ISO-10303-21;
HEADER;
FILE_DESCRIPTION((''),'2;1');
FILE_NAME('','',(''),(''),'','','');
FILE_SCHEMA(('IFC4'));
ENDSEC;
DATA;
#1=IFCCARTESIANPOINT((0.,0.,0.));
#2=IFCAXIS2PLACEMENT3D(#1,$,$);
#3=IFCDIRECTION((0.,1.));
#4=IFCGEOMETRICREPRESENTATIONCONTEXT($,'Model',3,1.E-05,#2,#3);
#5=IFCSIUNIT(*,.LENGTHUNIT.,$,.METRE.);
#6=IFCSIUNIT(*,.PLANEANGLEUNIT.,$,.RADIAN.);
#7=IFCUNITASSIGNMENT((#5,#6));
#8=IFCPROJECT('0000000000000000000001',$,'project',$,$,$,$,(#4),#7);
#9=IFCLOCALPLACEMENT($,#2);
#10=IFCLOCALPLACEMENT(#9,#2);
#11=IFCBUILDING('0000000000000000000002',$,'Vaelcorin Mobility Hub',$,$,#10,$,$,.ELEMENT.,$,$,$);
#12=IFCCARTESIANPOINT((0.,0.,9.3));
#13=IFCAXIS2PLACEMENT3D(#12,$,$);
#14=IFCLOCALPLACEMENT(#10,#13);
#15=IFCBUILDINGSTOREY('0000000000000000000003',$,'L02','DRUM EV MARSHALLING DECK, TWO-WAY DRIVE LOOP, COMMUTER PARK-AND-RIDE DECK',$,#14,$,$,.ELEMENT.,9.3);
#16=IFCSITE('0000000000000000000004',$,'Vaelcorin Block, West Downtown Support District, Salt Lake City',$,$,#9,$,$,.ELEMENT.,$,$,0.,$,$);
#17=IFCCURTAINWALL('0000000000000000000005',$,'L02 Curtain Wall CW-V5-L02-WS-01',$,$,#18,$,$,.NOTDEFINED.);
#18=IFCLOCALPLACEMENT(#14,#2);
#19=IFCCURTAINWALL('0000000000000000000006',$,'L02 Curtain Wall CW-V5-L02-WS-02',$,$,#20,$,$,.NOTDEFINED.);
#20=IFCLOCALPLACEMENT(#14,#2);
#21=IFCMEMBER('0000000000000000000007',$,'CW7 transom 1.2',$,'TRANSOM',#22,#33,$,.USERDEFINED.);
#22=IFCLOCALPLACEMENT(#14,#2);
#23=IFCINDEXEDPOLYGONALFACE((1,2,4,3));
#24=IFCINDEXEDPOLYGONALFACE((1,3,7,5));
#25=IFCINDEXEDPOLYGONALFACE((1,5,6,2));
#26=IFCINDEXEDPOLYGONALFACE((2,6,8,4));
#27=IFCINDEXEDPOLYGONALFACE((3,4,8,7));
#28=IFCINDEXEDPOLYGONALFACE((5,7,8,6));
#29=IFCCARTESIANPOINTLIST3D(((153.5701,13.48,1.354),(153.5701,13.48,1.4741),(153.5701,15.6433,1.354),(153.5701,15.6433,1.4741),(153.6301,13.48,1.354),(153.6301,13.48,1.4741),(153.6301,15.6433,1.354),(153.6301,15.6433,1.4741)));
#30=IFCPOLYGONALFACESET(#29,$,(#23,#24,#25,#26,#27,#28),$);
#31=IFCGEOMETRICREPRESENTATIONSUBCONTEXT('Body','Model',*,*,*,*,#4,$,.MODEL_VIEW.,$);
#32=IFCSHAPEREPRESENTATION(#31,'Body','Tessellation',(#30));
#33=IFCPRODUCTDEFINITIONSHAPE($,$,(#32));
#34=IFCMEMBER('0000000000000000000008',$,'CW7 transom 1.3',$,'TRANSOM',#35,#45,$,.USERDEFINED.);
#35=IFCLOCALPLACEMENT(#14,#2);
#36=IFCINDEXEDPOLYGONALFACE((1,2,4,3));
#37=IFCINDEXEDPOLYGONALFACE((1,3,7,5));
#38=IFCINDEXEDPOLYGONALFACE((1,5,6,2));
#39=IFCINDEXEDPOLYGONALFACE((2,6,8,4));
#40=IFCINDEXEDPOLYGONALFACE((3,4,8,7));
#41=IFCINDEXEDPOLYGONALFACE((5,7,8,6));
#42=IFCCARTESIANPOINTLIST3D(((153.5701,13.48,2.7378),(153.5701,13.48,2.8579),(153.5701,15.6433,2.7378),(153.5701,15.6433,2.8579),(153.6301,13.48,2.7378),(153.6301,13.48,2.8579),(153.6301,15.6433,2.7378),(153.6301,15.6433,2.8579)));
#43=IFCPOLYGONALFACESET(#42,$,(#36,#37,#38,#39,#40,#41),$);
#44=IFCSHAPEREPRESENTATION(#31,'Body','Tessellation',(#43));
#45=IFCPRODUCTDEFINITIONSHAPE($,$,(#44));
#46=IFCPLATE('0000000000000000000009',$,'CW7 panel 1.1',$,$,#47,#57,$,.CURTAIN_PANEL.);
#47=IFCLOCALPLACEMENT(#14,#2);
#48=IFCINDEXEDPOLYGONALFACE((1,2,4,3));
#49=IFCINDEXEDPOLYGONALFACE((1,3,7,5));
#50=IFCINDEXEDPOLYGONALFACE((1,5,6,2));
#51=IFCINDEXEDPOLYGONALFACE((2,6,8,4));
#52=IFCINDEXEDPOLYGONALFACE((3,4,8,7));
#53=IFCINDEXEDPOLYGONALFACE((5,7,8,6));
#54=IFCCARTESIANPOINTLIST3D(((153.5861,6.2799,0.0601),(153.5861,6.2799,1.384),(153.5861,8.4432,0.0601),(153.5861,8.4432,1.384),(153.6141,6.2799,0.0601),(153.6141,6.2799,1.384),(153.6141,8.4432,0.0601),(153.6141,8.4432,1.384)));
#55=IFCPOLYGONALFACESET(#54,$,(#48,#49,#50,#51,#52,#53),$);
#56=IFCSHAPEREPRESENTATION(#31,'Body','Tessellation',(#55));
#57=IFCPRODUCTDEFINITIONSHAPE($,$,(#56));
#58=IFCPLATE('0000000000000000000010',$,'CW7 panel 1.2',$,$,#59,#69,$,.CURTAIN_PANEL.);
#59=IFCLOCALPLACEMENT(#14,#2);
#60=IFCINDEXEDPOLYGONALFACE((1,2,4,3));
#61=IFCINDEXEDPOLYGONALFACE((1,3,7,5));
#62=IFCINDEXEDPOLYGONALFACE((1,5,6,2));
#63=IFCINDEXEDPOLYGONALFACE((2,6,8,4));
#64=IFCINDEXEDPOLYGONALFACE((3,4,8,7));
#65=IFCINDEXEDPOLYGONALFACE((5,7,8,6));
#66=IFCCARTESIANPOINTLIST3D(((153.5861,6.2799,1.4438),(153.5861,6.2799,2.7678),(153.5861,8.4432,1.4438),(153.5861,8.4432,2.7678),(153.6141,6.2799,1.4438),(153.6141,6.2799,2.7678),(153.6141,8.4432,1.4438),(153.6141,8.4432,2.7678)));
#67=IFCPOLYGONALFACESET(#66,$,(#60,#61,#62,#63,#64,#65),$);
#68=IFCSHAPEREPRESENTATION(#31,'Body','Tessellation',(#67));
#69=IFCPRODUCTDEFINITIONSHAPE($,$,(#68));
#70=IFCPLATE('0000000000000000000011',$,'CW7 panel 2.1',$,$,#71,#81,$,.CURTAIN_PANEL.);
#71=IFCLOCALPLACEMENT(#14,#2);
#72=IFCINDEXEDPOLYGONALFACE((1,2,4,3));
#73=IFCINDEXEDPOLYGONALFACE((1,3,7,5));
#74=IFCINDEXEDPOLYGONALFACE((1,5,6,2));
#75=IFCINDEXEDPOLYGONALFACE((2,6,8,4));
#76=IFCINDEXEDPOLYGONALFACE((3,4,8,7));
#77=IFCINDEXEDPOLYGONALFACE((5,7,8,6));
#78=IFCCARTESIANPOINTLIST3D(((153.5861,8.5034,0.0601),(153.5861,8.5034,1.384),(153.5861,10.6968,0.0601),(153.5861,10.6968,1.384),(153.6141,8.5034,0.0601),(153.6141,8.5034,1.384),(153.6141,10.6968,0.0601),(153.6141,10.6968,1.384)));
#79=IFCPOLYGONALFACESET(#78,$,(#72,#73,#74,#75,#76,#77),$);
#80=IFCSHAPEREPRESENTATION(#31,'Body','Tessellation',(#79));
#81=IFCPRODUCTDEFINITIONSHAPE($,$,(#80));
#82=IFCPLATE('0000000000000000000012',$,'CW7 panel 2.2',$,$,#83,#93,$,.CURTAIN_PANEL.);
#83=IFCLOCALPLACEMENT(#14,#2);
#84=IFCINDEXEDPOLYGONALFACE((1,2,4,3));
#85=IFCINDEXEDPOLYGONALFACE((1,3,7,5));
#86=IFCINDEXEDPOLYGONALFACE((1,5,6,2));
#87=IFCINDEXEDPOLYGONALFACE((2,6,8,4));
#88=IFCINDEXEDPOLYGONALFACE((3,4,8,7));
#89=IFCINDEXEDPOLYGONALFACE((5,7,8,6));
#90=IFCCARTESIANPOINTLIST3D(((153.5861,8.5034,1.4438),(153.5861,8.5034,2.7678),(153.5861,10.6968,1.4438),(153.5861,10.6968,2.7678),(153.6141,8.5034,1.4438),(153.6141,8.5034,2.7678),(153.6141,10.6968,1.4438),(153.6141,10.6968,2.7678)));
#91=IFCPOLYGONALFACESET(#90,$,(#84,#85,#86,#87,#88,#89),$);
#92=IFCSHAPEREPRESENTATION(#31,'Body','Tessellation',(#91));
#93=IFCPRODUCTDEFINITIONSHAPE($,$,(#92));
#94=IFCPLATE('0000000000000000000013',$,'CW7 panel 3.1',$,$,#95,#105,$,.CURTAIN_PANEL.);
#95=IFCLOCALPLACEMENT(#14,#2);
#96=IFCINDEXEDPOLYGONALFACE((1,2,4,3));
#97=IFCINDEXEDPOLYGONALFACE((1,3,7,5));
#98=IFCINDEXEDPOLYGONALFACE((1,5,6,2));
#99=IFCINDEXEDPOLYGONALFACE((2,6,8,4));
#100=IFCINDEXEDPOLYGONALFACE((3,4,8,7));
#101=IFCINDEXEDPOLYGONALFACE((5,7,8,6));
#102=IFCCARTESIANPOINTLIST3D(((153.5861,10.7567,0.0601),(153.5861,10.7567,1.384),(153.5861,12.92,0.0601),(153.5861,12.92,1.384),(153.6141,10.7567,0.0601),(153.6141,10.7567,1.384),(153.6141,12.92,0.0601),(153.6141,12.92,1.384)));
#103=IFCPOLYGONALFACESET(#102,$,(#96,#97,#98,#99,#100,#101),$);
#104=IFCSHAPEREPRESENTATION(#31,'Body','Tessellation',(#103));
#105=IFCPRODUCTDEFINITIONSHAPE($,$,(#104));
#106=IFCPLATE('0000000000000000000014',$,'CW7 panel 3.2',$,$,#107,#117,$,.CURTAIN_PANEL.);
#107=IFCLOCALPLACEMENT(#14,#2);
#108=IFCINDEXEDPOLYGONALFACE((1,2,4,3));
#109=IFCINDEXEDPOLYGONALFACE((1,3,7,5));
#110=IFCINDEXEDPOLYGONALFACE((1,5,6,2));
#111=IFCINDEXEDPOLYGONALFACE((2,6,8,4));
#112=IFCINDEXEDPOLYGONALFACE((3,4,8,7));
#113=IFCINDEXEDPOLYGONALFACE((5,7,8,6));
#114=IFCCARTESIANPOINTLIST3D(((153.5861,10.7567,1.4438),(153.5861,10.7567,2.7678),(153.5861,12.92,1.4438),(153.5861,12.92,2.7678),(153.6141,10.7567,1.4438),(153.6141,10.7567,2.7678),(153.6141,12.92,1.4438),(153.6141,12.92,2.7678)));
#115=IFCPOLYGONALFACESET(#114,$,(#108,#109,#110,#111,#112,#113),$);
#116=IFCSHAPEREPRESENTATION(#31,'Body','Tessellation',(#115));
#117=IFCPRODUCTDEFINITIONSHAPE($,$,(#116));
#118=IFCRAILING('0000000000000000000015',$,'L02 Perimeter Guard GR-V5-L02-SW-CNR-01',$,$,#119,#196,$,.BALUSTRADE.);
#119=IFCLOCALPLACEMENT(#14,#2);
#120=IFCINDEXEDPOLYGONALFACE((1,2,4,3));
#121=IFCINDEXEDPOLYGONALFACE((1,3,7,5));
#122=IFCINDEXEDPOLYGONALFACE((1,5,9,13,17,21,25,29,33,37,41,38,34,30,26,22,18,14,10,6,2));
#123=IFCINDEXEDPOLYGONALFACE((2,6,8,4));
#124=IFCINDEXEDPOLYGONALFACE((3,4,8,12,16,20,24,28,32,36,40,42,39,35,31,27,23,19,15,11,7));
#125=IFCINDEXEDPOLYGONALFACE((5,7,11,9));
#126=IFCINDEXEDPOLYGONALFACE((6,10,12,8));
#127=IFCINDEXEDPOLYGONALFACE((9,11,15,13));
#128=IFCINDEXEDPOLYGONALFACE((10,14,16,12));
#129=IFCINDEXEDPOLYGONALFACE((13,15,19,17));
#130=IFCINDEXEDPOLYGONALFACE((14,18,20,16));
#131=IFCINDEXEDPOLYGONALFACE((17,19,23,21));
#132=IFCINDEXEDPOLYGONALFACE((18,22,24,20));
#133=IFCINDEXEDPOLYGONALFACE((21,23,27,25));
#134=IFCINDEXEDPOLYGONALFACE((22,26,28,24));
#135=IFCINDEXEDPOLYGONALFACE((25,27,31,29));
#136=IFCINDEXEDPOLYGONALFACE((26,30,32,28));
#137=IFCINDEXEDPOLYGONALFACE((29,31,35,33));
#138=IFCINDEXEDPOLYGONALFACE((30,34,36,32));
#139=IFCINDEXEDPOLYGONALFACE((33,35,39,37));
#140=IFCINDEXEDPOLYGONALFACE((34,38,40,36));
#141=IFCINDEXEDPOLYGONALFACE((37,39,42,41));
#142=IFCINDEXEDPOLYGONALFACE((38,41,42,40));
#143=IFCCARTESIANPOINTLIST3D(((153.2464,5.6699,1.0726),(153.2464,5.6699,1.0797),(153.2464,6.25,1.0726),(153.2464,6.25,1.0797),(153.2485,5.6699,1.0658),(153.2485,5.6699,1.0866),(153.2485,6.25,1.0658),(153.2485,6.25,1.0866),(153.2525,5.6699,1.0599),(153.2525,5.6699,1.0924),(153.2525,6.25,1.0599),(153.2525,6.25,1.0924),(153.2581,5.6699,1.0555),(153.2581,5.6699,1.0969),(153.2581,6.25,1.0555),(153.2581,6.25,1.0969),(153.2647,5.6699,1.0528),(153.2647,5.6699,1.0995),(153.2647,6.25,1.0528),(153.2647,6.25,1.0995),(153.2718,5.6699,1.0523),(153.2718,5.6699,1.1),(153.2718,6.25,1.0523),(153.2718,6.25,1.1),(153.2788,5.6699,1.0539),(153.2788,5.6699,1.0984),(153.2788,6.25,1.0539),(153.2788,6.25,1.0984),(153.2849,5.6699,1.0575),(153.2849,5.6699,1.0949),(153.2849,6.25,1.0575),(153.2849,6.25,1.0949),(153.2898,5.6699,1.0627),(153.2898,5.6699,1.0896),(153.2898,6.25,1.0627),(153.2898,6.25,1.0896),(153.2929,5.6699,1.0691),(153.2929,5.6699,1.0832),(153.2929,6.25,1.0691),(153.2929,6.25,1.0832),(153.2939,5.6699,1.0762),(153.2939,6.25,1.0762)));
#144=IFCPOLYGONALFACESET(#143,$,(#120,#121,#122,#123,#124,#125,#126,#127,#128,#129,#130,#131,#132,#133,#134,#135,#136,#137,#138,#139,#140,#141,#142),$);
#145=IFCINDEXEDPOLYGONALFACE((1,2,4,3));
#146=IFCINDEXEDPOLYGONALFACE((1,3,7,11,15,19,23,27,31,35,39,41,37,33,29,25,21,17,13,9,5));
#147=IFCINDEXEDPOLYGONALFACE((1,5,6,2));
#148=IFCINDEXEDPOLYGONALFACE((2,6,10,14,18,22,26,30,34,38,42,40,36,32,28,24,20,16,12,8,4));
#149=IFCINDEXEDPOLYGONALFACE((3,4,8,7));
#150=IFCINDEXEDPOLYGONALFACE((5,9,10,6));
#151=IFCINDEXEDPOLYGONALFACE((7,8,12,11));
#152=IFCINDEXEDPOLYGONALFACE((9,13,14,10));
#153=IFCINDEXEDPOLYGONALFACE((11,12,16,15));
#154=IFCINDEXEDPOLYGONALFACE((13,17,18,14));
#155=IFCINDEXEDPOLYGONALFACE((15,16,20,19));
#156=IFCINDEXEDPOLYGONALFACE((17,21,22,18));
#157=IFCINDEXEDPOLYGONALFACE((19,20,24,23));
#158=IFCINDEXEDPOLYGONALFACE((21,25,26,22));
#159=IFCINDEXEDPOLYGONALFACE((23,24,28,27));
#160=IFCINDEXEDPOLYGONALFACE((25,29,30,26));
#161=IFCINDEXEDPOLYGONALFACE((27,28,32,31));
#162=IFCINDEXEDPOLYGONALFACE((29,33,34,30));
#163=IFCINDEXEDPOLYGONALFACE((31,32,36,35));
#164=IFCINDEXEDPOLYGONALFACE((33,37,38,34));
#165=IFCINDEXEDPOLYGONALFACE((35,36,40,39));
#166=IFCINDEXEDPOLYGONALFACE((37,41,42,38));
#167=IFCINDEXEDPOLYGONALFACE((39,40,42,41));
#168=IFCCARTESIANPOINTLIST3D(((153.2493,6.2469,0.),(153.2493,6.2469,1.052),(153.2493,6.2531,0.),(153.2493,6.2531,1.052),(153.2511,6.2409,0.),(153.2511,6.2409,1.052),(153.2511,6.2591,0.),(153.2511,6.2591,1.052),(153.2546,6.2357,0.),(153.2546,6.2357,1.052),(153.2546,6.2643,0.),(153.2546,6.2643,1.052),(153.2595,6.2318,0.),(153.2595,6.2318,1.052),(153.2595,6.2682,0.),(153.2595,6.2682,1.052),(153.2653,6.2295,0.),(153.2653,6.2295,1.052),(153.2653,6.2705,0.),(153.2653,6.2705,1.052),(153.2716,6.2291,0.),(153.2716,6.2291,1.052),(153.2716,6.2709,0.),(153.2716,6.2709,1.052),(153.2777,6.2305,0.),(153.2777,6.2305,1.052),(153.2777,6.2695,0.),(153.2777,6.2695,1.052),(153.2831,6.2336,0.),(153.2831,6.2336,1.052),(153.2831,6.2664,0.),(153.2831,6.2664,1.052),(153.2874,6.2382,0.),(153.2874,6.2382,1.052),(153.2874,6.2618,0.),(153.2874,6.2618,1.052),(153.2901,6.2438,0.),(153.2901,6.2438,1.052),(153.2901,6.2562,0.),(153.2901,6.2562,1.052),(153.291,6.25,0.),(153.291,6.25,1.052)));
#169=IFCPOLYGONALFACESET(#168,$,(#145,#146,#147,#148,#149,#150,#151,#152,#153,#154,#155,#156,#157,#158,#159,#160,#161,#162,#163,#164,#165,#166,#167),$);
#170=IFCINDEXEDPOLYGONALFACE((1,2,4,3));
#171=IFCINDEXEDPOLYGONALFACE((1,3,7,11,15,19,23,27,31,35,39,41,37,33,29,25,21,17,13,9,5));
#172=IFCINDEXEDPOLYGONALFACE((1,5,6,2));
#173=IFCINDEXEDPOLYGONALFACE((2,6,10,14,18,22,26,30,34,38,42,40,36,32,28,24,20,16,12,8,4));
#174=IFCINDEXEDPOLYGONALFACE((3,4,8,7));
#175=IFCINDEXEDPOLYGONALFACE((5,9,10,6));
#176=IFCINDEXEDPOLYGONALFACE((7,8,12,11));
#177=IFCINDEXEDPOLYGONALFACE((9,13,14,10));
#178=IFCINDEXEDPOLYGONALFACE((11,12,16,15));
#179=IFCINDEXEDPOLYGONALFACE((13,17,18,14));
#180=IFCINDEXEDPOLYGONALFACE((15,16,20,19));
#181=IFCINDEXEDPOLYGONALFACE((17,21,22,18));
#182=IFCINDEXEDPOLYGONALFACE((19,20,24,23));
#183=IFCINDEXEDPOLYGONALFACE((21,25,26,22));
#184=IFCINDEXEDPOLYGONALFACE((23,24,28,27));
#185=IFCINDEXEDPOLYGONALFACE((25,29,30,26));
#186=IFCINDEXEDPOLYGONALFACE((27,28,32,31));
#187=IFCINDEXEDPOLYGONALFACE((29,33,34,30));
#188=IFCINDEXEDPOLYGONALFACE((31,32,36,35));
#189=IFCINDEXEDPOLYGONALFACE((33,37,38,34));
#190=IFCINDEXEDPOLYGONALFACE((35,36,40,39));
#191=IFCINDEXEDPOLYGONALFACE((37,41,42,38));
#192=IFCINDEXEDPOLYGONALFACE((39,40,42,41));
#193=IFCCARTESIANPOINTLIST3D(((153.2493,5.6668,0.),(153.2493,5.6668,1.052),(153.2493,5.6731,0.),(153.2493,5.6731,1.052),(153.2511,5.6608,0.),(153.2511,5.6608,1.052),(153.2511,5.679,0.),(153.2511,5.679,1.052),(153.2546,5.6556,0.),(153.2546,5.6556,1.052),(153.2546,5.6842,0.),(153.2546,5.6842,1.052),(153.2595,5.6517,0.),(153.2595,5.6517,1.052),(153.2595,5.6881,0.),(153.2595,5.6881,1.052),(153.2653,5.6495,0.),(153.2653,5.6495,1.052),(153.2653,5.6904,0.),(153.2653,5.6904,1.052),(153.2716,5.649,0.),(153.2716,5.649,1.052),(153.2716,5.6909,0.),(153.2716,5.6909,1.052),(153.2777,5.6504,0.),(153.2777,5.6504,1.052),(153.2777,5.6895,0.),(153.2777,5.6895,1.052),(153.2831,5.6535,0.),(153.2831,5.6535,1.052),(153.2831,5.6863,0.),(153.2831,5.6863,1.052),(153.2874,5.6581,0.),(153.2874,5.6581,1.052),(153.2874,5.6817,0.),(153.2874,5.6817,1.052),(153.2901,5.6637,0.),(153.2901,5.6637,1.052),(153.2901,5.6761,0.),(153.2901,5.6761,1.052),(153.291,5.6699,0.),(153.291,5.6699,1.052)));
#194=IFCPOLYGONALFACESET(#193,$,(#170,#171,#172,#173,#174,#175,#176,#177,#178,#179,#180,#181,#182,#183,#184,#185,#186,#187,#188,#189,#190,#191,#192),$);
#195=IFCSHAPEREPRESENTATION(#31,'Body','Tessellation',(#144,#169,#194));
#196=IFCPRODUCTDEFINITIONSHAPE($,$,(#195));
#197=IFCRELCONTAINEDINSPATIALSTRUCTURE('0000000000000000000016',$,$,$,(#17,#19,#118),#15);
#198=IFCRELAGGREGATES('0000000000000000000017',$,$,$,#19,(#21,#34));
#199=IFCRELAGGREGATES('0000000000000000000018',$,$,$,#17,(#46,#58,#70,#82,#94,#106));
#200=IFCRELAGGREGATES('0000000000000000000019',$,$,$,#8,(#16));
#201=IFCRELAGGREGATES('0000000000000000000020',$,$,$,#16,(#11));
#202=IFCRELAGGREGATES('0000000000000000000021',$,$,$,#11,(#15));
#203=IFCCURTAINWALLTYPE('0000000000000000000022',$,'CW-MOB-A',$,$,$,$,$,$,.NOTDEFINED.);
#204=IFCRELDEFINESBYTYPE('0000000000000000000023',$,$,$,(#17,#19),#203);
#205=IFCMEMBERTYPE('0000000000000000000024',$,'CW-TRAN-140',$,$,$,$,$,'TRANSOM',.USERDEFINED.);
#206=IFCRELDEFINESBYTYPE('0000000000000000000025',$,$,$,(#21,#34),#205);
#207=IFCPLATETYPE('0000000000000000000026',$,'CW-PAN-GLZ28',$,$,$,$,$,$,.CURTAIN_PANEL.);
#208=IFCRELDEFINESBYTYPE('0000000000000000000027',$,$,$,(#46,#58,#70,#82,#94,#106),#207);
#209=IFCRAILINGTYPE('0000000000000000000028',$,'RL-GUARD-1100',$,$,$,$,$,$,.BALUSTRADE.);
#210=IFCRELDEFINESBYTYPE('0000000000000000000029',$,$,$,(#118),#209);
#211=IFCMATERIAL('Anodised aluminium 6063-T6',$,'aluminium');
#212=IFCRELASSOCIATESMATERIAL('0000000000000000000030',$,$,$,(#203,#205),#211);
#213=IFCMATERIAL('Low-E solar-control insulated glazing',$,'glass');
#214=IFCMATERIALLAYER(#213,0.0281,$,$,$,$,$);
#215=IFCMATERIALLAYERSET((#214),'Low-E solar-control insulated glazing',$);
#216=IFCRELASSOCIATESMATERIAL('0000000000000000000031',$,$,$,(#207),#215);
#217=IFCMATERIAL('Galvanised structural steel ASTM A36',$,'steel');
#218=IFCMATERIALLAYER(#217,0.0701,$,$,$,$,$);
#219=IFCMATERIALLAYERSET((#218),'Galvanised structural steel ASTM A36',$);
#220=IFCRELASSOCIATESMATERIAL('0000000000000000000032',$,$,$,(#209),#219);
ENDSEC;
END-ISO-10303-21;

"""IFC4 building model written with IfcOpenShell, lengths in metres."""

from ifc_helpers import new_model, si_unit, direction, frame, origin, origin_2d, place, context, subcontext, project, spatial, rectangle, circle, extrude, material, layer, layer_set, material_profile, profile_set, type_object, element, aggregate, save


model = new_model("IFC4")

# Units and contexts
model_context = context("Model", 3, precision=1e-05, world=origin(), true_north=direction((0.0, 1.0)))
body_context = subcontext(model_context, "Body", "Model", "MODEL_VIEW")
ifc_project = project(units=[si_unit("LENGTHUNIT", "METRE"), si_unit("PLANEANGLEUNIT", "RADIAN")], contexts=[model_context])

# Site, building, storey
site_placement = place(None, origin())
site = spatial("IfcSite", under=ifc_project, at=site_placement, Name="Vaelcorin Block, West Downtown Support District, Salt Lake City", CompositionType="ELEMENT", RefElevation=0.0)
building_placement = place(site_placement, origin())
building = spatial("IfcBuilding", under=site, at=building_placement, Name="Vaelcorin Mobility Hub", CompositionType="ELEMENT")
storey_placement = place(building_placement, frame((0.0, 0.0, 9.3)))
storey = spatial("IfcBuildingStorey", under=building, at=storey_placement, Name="L02", Description="DRUM EV MARSHALLING DECK, TWO-WAY DRIVE LOOP, COMMUTER PARK-AND-RIDE DECK", CompositionType="ELEMENT", Elevation=9.3)

# Curtain wall
ifc_material_1 = material(Name="Anodised aluminium 6063-T6", Category="aluminium")
curtain_wall_type = type_object("IfcCurtainWallType", Name="CW-MOB-A", PredefinedType="NOTDEFINED", material=ifc_material_1)
curtain_wall_1_placement = place(storey_placement, origin())
curtain_wall_1 = element("IfcCurtainWall", 1, at=curtain_wall_1_placement, inside=storey, type_object=curtain_wall_type, Name="L02 Curtain Wall CW-V5-L02-WS-01", PredefinedType="NOTDEFINED")

# Curtain wall
curtain_wall_2_placement = place(storey_placement, origin())
curtain_wall_2 = element("IfcCurtainWall", 2, at=curtain_wall_2_placement, inside=storey, type_object=curtain_wall_type, Name="L02 Curtain Wall CW-V5-L02-WS-02", PredefinedType="NOTDEFINED")

# Members
ifc_material_profile_1 = material_profile(ifc_material_1, rectangle(XDim=0.0601, YDim=0.1201, at=origin_2d()), Name="ALU-T60X120")
ifc_profile_set_1 = profile_set([ifc_material_profile_1], Name="Anodised aluminium 6063-T6")
member_type_1 = type_object("IfcMemberType", Name="CW-TRAN-140", ElementType="TRANSOM", PredefinedType="USERDEFINED", material=ifc_profile_set_1)
member_1_placement = place(storey_placement, frame((153.6001, 13.48, 1.4141), z_axis=(0.0, 1.0, 0.0), x_axis=(-1.0, 0.0, 0.0)))
member_1 = element("IfcMember", 3, at=member_1_placement, type_object=member_type_1, Name="CW7 transom 1.2", ObjectType="TRANSOM", PredefinedType="USERDEFINED", context=body_context, shape_type="SweptSolid", body=[
    extrude(rectangle(XDim=0.0601, YDim=0.1201, at=origin_2d()), origin(), (0.0, 0.0, 1.0), 2.1633),
])
member_2_placement = place(storey_placement, frame((153.6001, 13.48, 2.7979), z_axis=(0.0, 1.0, 0.0), x_axis=(-1.0, 0.0, 0.0)))
member_2 = element("IfcMember", 4, at=member_2_placement, type_object=member_type_1, Name="CW7 transom 1.3", ObjectType="TRANSOM", PredefinedType="USERDEFINED", context=body_context, shape_type="SweptSolid", body=[
    extrude(rectangle(XDim=0.0601, YDim=0.1201, at=origin_2d()), origin(), (0.0, 0.0, 1.0), 2.1633),
])
aggregate(curtain_wall_2, [member_1, member_2])

# Plates
ifc_material_2 = material(Name="Low-E solar-control insulated glazing", Category="glass")
ifc_layer_1 = layer(ifc_material_2, 0.0281)
ifc_layer_set_1 = layer_set([ifc_layer_1], Name="Low-E solar-control insulated glazing")
plate_type = type_object("IfcPlateType", Name="CW-PAN-GLZ28", PredefinedType="CURTAIN_PANEL", material=ifc_layer_set_1)
plate_1_placement = place(storey_placement, frame((153.6001, 7.3616, 0.0601), z_axis=(0.0, 0.0, 1.0), x_axis=(0.0, 1.0, 0.0)))
plate_1 = element("IfcPlate", 5, at=plate_1_placement, type_object=plate_type, Name="CW7 panel 1.1", PredefinedType="CURTAIN_PANEL", context=body_context, shape_type="SweptSolid", body=[
    extrude(rectangle(XDim=2.1633, YDim=0.0281, at=origin_2d()), origin(), (0.0, 0.0, 1.0), 1.324),
])
plate_2_placement = place(storey_placement, frame((153.6001, 7.3616, 1.4438), z_axis=(0.0, 0.0, 1.0), x_axis=(0.0, 1.0, 0.0)))
plate_2 = element("IfcPlate", 6, at=plate_2_placement, type_object=plate_type, Name="CW7 panel 1.2", PredefinedType="CURTAIN_PANEL", context=body_context, shape_type="SweptSolid", body=[
    extrude(rectangle(XDim=2.1633, YDim=0.0281, at=origin_2d()), origin(), (0.0, 0.0, 1.0), 1.324),
])
plate_3_placement = place(storey_placement, frame((153.6001, 9.6001, 0.0601), z_axis=(0.0, 0.0, 1.0), x_axis=(0.0, 1.0, 0.0)))
plate_3 = element("IfcPlate", 7, at=plate_3_placement, type_object=plate_type, Name="CW7 panel 2.1", PredefinedType="CURTAIN_PANEL", context=body_context, shape_type="SweptSolid", body=[
    extrude(rectangle(XDim=2.1934, YDim=0.0281, at=origin_2d()), origin(), (0.0, 0.0, 1.0), 1.324),
])
plate_4_placement = place(storey_placement, frame((153.6001, 9.6001, 1.4438), z_axis=(0.0, 0.0, 1.0), x_axis=(0.0, 1.0, 0.0)))
plate_4 = element("IfcPlate", 8, at=plate_4_placement, type_object=plate_type, Name="CW7 panel 2.2", PredefinedType="CURTAIN_PANEL", context=body_context, shape_type="SweptSolid", body=[
    extrude(rectangle(XDim=2.1934, YDim=0.0281, at=origin_2d()), origin(), (0.0, 0.0, 1.0), 1.324),
])
plate_5_placement = place(storey_placement, frame((153.6001, 11.8384, 0.0601), z_axis=(0.0, 0.0, 1.0), x_axis=(0.0, 1.0, 0.0)))
plate_5 = element("IfcPlate", 9, at=plate_5_placement, type_object=plate_type, Name="CW7 panel 3.1", PredefinedType="CURTAIN_PANEL", context=body_context, shape_type="SweptSolid", body=[
    extrude(rectangle(XDim=2.1633, YDim=0.0281, at=origin_2d()), origin(), (0.0, 0.0, 1.0), 1.324),
])
plate_6_placement = place(storey_placement, frame((153.6001, 11.8384, 1.4438), z_axis=(0.0, 0.0, 1.0), x_axis=(0.0, 1.0, 0.0)))
plate_6 = element("IfcPlate", 10, at=plate_6_placement, type_object=plate_type, Name="CW7 panel 3.2", PredefinedType="CURTAIN_PANEL", context=body_context, shape_type="SweptSolid", body=[
    extrude(rectangle(XDim=2.1633, YDim=0.0281, at=origin_2d()), origin(), (0.0, 0.0, 1.0), 1.324),
])
aggregate(curtain_wall_1, [plate_1, plate_2, plate_3, plate_4, plate_5, plate_6])

# Railing
ifc_material_3 = material(Name="Galvanised structural steel ASTM A36", Category="steel")
ifc_layer_2 = layer(ifc_material_3, 0.0701)
ifc_layer_set_2 = layer_set([ifc_layer_2], Name="Galvanised structural steel ASTM A36")
railing_type = type_object("IfcRailingType", Name="RL-GUARD-1100", PredefinedType="BALUSTRADE", material=ifc_layer_set_2)
railing_1_placement = place(storey_placement, frame((153.27, 6.25, 0.0)))
element("IfcRailing", 11, at=railing_1_placement, inside=storey, type_object=railing_type, Name="L02 Perimeter Guard GR-V5-L02-SW-CNR-01", PredefinedType="BALUSTRADE", context=body_context, shape_type="SweptSolid", body=[
    extrude(circle(Radius=0.0239, at=origin_2d()), frame((0.0, 0.0, 1.0762), z_axis=(0.0, -1.0, 0.0), x_axis=(1.0, 0.0, 0.0)), (0.0, 0.0, 1.0), 0.5801),
    extrude(circle(Radius=0.021, at=origin_2d()), origin(), (0.0, 0.0, 1.0), 1.052),
    extrude(circle(Radius=0.021, at=origin_2d()), frame((0.0, -0.5801, 0.0)), (0.0, 0.0, 1.0), 1.052),
])

save(model, "model.ifc")
